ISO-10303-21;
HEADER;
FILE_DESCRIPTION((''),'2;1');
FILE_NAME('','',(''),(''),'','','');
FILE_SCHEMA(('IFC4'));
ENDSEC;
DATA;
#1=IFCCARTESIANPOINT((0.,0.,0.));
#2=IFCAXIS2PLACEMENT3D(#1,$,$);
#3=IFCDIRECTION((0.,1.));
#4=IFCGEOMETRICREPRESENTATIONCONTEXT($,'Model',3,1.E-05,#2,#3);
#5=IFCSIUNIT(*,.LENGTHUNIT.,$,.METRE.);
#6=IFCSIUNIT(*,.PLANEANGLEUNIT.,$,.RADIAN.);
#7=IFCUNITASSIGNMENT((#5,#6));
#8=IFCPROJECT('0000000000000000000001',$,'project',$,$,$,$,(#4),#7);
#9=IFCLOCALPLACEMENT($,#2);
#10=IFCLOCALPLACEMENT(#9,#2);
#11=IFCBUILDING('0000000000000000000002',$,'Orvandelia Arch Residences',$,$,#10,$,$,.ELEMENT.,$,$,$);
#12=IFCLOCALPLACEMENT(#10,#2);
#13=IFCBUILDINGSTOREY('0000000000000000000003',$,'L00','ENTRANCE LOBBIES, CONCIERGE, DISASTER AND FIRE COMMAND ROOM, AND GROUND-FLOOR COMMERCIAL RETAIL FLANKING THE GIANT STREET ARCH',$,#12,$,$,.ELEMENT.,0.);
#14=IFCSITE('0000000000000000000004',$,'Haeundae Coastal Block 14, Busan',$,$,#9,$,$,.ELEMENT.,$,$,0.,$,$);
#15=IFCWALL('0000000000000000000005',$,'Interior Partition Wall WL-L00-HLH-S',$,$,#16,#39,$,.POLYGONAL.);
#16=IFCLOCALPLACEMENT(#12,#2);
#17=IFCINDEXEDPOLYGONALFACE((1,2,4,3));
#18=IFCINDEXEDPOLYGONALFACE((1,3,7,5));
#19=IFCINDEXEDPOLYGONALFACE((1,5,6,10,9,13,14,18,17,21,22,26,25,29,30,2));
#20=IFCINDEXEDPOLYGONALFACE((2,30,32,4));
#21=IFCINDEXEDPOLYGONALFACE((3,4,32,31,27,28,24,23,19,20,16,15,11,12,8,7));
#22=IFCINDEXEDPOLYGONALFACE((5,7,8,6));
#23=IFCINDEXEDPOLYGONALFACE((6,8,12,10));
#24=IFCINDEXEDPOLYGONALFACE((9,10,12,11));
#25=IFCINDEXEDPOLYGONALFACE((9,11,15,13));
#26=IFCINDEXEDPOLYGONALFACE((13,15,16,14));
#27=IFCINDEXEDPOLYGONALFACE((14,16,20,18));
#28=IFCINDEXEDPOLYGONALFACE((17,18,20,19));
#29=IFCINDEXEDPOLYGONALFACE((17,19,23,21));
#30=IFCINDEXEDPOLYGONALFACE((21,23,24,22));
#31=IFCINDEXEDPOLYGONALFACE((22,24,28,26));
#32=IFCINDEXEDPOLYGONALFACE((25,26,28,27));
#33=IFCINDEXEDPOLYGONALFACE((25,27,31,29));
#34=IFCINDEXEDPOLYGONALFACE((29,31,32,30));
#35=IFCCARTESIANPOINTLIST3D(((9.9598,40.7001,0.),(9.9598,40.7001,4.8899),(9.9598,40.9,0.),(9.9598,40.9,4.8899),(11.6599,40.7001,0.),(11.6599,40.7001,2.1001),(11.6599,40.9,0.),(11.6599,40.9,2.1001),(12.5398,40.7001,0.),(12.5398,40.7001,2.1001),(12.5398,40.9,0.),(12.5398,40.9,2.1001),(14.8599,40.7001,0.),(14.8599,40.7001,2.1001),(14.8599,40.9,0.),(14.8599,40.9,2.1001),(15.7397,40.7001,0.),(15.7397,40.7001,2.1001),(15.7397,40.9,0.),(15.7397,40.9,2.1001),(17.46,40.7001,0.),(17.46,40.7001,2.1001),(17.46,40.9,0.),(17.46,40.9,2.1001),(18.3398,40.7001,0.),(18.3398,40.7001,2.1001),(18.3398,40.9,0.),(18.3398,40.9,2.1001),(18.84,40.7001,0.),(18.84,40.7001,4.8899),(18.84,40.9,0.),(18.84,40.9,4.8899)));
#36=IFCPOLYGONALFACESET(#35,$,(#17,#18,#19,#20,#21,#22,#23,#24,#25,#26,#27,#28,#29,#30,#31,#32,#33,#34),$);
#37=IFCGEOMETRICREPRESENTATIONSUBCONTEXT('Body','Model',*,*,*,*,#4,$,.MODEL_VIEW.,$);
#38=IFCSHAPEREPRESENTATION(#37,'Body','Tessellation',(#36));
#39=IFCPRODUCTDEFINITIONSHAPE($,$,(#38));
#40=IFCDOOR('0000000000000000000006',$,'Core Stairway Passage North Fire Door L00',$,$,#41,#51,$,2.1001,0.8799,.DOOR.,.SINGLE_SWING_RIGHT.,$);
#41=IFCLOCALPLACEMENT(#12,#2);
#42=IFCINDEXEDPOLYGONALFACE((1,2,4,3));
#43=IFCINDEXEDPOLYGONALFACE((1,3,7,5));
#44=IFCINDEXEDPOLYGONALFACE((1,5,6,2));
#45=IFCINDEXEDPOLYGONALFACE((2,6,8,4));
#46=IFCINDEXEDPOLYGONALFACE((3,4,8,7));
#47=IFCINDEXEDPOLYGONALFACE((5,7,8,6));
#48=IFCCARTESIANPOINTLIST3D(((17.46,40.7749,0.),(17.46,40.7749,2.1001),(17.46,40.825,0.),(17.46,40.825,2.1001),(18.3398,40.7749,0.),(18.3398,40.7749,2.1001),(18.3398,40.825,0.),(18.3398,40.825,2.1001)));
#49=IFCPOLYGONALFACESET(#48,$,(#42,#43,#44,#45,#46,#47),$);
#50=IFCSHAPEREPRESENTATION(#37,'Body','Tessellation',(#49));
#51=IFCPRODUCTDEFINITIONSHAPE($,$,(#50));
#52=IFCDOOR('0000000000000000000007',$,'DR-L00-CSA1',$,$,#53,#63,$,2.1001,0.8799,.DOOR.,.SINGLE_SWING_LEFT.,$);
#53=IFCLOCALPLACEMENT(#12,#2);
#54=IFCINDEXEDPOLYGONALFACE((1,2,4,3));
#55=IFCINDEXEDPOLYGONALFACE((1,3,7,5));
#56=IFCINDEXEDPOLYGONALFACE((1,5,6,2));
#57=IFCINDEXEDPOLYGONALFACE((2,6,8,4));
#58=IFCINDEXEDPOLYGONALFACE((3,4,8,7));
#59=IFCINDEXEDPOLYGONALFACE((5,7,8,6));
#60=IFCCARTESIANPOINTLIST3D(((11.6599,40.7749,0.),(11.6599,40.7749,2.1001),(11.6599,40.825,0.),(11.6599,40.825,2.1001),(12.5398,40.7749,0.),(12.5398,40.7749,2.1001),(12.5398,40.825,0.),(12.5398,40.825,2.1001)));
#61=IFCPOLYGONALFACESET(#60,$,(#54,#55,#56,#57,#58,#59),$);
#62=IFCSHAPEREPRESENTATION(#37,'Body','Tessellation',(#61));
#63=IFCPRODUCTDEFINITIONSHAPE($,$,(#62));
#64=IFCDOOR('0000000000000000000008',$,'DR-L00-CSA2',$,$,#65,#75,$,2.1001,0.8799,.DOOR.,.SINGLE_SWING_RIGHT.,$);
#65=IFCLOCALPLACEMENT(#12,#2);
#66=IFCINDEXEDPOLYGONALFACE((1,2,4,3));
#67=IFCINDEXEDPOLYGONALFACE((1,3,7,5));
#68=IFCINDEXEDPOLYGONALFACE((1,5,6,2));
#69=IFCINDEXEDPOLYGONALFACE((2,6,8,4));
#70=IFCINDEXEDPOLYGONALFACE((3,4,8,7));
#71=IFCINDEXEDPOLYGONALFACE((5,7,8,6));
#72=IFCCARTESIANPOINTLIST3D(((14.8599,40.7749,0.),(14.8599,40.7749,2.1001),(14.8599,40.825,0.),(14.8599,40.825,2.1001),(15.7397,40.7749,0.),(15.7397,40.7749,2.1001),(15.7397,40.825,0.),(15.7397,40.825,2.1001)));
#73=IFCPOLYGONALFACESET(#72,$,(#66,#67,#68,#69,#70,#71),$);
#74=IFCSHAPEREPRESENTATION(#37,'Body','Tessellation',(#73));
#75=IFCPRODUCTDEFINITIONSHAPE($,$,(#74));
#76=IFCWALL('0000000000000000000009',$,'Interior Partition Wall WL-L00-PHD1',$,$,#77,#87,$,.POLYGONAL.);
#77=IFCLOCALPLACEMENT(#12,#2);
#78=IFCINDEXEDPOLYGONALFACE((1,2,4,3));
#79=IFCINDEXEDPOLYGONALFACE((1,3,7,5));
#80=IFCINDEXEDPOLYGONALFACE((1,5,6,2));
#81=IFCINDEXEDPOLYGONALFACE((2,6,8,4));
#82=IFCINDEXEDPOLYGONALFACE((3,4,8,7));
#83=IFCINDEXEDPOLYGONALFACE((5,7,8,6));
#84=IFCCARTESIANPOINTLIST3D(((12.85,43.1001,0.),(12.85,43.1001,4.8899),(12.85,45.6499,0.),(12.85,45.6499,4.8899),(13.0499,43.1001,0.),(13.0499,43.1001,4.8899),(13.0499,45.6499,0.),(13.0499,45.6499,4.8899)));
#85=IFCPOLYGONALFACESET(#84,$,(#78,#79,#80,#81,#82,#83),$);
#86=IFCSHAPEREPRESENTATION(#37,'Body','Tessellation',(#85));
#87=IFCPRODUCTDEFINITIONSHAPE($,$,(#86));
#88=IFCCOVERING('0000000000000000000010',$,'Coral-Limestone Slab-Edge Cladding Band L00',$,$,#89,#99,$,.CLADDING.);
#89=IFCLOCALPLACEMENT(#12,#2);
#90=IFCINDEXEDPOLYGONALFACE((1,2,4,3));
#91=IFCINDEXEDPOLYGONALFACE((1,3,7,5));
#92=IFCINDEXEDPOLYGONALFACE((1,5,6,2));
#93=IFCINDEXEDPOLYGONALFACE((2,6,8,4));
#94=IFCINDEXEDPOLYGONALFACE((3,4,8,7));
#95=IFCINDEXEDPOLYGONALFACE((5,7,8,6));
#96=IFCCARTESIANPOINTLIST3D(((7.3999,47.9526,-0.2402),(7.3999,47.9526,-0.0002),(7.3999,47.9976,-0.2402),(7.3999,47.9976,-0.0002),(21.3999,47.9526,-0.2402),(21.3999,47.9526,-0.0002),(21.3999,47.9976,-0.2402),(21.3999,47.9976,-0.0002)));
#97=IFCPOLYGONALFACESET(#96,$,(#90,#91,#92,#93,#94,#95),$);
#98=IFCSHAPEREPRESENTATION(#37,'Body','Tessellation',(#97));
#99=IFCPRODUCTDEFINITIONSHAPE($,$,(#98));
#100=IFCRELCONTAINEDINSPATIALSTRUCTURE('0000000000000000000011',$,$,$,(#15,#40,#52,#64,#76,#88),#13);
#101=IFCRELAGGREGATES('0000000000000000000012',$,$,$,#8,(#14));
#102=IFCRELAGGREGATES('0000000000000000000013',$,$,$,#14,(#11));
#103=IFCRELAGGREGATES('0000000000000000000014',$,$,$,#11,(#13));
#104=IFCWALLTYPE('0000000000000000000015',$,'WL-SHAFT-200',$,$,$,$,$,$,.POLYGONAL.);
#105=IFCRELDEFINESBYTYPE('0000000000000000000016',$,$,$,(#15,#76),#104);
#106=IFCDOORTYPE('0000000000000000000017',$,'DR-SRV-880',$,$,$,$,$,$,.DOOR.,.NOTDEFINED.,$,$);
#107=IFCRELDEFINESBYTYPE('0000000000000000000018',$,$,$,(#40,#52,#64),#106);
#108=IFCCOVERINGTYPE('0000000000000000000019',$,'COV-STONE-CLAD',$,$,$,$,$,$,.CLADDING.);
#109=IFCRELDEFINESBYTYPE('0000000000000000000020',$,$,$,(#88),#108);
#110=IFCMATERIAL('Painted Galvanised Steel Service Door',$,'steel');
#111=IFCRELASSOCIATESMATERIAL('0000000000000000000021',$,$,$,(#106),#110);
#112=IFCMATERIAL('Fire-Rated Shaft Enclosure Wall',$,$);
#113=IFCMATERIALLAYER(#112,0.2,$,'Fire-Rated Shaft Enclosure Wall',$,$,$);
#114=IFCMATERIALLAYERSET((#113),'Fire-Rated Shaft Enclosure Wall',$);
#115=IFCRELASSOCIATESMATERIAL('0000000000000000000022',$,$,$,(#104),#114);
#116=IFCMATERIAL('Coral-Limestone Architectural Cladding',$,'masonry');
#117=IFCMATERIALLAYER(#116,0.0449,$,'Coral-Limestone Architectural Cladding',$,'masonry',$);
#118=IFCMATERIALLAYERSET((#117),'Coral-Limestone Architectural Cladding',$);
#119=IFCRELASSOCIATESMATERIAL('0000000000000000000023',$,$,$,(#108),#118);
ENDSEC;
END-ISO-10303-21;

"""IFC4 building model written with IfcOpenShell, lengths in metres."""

from ifc_helpers import new_model, si_unit, direction, frame, frame_2d, origin, origin_2d, place, context, subcontext, project, spatial, rectangle, extrude, material, layer, layer_set, type_object, element, fill, save


model = new_model("IFC4")

# Units and contexts
model_context = context("Model", 3, precision=1e-05, world=origin(), true_north=direction((0.0, 1.0)))
body_context = subcontext(model_context, "Body", "Model", "MODEL_VIEW")
ifc_project = project(units=[si_unit("LENGTHUNIT", "METRE"), si_unit("PLANEANGLEUNIT", "RADIAN")], contexts=[model_context])

# Site, building, storey
site_placement = place(None, origin())
site = spatial("IfcSite", under=ifc_project, at=site_placement, Name="Haeundae Coastal Block 14, Busan", CompositionType="ELEMENT", RefElevation=0.0)
building_placement = place(site_placement, origin())
building = spatial("IfcBuilding", under=site, at=building_placement, Name="Orvandelia Arch Residences", CompositionType="ELEMENT")
storey_placement = place(building_placement, origin())
storey = spatial("IfcBuildingStorey", under=building, at=storey_placement, Name="L00", Description="ENTRANCE LOBBIES, CONCIERGE, DISASTER AND FIRE COMMAND ROOM, AND GROUND-FLOOR COMMERCIAL RETAIL FLANKING THE GIANT STREET ARCH", CompositionType="ELEMENT", Elevation=0.0)

# Shared definitions
ifc_material_1 = material(Name="Painted Galvanised Steel Service Door", Category="steel")
door_type_1 = type_object("IfcDoorType", Name="DR-SRV-880", OperationType="NOTDEFINED", PredefinedType="DOOR", material=ifc_material_1)

# Shared definitions
ifc_material_2 = material(Name="Fire-Rated Shaft Enclosure Wall")
ifc_layer_1 = layer(ifc_material_2, 0.2, Name="Fire-Rated Shaft Enclosure Wall")
ifc_layer_set_1 = layer_set([ifc_layer_1], Name="Fire-Rated Shaft Enclosure Wall")
wall_type_1 = type_object("IfcWallType", Name="WL-SHAFT-200", PredefinedType="POLYGONAL", material=ifc_layer_set_1)

# Wall, openings, doors
wall_1_placement = place(storey_placement, frame((9.96, 40.8, 0.0), z_axis=(0.0, 0.0, 1.0), x_axis=(1.0, 0.0, 0.0)))
wall_1 = element("IfcWall", 1, at=wall_1_placement, inside=storey, type_object=wall_type_1, Name="Interior Partition Wall WL-L00-HLH-S", PredefinedType="POLYGONAL", context=body_context, shape_type="SweptSolid", body=[
    extrude(rectangle(XDim=8.8801, YDim=0.2, at=frame_2d((4.4399, 0.0))), origin(), (0.0, 0.0, 1.0), 4.8899),
])
opening_1_placement = place(wall_1_placement, frame((7.5, 0.0, 0.0)))
opening_1 = element("IfcOpeningElement", 2, at=opening_1_placement, cuts=wall_1, PredefinedType="OPENING", context=body_context, shape_type="SweptSolid", body=[
    extrude(rectangle(XDim=0.8799, YDim=2.1001, at=frame_2d((0.4399, 1.05))), frame((0.0, 0.1099, 0.0), z_axis=(0.0, -1.0, 0.0), x_axis=(1.0, 0.0, 0.0)), (0.0, 0.0, 1.0), 0.22),
])
opening_2_placement = place(wall_1_placement, frame((1.7, 0.0, 0.0)))
opening_2 = element("IfcOpeningElement", 3, at=opening_2_placement, cuts=wall_1, PredefinedType="OPENING", context=body_context, shape_type="SweptSolid", body=[
    extrude(rectangle(XDim=0.8799, YDim=2.1001, at=frame_2d((0.4399, 1.05))), frame((0.0, 0.1099, 0.0), z_axis=(0.0, -1.0, 0.0), x_axis=(1.0, 0.0, 0.0)), (0.0, 0.0, 1.0), 0.22),
])
opening_3_placement = place(wall_1_placement, frame((4.8999, 0.0, 0.0)))
opening_3 = element("IfcOpeningElement", 4, at=opening_3_placement, cuts=wall_1, PredefinedType="OPENING", context=body_context, shape_type="SweptSolid", body=[
    extrude(rectangle(XDim=0.8799, YDim=2.1001, at=frame_2d((0.4399, 1.05))), frame((0.0, 0.1099, 0.0), z_axis=(0.0, -1.0, 0.0), x_axis=(1.0, 0.0, 0.0)), (0.0, 0.0, 1.0), 0.22),
])
door_1_placement = place(opening_1_placement, origin())
door_1 = element("IfcDoor", 5, at=door_1_placement, inside=storey, type_object=door_type_1, Name="Core Stairway Passage North Fire Door L00", OperationType="SINGLE_SWING_RIGHT", OverallHeight=2.1001, OverallWidth=0.8799, PredefinedType="DOOR", context=body_context, shape_type="SweptSolid", body=[
    extrude(rectangle(XDim=0.8799, YDim=2.1001, at=frame_2d((0.4399, 1.05))), frame((0.0, 0.0249, 0.0), z_axis=(0.0, -1.0, 0.0), x_axis=(1.0, 0.0, 0.0)), (0.0, 0.0, 1.0), 0.05),
])
fill(opening_1, door_1)
door_2_placement = place(opening_2_placement, origin())
door_2 = element("IfcDoor", 6, at=door_2_placement, inside=storey, type_object=door_type_1, Name="DR-L00-CSA1", OperationType="SINGLE_SWING_LEFT", OverallHeight=2.1001, OverallWidth=0.8799, PredefinedType="DOOR", context=body_context, shape_type="SweptSolid", body=[
    extrude(rectangle(XDim=0.8799, YDim=2.1001, at=frame_2d((0.4399, 1.05))), frame((0.0, 0.0249, 0.0), z_axis=(0.0, -1.0, 0.0), x_axis=(1.0, 0.0, 0.0)), (0.0, 0.0, 1.0), 0.05),
])
fill(opening_2, door_2)
door_3_placement = place(opening_3_placement, origin())
door_3 = element("IfcDoor", 7, at=door_3_placement, inside=storey, type_object=door_type_1, Name="DR-L00-CSA2", OperationType="SINGLE_SWING_RIGHT", OverallHeight=2.1001, OverallWidth=0.8799, PredefinedType="DOOR", context=body_context, shape_type="SweptSolid", body=[
    extrude(rectangle(XDim=0.8799, YDim=2.1001, at=frame_2d((0.4399, 1.05))), frame((0.0, 0.0249, 0.0), z_axis=(0.0, -1.0, 0.0), x_axis=(1.0, 0.0, 0.0)), (0.0, 0.0, 1.0), 0.05),
])
fill(opening_3, door_3)

# Wall
wall_2_placement = place(storey_placement, frame((12.95, 43.1001, 0.0), z_axis=(0.0, 0.0, 1.0), x_axis=(0.0, 1.0, 0.0)))
element("IfcWall", 8, at=wall_2_placement, inside=storey, type_object=wall_type_1, Name="Interior Partition Wall WL-L00-PHD1", PredefinedType="POLYGONAL", context=body_context, shape_type="SweptSolid", body=[
    extrude(rectangle(XDim=2.5498, YDim=0.2, at=frame_2d((1.2749, 0.0))), origin(), (0.0, 0.0, 1.0), 4.8899),
])

# Covering
ifc_material_3 = material(Name="Coral-Limestone Architectural Cladding", Category="masonry")
ifc_layer_2 = layer(ifc_material_3, 0.0449, Name="Coral-Limestone Architectural Cladding", Category="masonry")
ifc_layer_set_2 = layer_set([ifc_layer_2], Name="Coral-Limestone Architectural Cladding")
covering_type = type_object("IfcCoveringType", Name="COV-STONE-CLAD", PredefinedType="CLADDING", material=ifc_layer_set_2)
covering_placement = place(storey_placement, frame((14.3999, 47.9751, -0.2402), z_axis=(0.0, 0.0, 1.0), x_axis=(1.0, 0.0, 0.0)))
element("IfcCovering", 9, at=covering_placement, inside=storey, type_object=covering_type, Name="Coral-Limestone Slab-Edge Cladding Band L00", PredefinedType="CLADDING", context=body_context, shape_type="SweptSolid", body=[
    extrude(rectangle(XDim=14.0, YDim=0.0449, at=origin_2d()), origin(), (0.0, 0.0, 1.0), 0.24),
])

save(model, "model.ifc")
